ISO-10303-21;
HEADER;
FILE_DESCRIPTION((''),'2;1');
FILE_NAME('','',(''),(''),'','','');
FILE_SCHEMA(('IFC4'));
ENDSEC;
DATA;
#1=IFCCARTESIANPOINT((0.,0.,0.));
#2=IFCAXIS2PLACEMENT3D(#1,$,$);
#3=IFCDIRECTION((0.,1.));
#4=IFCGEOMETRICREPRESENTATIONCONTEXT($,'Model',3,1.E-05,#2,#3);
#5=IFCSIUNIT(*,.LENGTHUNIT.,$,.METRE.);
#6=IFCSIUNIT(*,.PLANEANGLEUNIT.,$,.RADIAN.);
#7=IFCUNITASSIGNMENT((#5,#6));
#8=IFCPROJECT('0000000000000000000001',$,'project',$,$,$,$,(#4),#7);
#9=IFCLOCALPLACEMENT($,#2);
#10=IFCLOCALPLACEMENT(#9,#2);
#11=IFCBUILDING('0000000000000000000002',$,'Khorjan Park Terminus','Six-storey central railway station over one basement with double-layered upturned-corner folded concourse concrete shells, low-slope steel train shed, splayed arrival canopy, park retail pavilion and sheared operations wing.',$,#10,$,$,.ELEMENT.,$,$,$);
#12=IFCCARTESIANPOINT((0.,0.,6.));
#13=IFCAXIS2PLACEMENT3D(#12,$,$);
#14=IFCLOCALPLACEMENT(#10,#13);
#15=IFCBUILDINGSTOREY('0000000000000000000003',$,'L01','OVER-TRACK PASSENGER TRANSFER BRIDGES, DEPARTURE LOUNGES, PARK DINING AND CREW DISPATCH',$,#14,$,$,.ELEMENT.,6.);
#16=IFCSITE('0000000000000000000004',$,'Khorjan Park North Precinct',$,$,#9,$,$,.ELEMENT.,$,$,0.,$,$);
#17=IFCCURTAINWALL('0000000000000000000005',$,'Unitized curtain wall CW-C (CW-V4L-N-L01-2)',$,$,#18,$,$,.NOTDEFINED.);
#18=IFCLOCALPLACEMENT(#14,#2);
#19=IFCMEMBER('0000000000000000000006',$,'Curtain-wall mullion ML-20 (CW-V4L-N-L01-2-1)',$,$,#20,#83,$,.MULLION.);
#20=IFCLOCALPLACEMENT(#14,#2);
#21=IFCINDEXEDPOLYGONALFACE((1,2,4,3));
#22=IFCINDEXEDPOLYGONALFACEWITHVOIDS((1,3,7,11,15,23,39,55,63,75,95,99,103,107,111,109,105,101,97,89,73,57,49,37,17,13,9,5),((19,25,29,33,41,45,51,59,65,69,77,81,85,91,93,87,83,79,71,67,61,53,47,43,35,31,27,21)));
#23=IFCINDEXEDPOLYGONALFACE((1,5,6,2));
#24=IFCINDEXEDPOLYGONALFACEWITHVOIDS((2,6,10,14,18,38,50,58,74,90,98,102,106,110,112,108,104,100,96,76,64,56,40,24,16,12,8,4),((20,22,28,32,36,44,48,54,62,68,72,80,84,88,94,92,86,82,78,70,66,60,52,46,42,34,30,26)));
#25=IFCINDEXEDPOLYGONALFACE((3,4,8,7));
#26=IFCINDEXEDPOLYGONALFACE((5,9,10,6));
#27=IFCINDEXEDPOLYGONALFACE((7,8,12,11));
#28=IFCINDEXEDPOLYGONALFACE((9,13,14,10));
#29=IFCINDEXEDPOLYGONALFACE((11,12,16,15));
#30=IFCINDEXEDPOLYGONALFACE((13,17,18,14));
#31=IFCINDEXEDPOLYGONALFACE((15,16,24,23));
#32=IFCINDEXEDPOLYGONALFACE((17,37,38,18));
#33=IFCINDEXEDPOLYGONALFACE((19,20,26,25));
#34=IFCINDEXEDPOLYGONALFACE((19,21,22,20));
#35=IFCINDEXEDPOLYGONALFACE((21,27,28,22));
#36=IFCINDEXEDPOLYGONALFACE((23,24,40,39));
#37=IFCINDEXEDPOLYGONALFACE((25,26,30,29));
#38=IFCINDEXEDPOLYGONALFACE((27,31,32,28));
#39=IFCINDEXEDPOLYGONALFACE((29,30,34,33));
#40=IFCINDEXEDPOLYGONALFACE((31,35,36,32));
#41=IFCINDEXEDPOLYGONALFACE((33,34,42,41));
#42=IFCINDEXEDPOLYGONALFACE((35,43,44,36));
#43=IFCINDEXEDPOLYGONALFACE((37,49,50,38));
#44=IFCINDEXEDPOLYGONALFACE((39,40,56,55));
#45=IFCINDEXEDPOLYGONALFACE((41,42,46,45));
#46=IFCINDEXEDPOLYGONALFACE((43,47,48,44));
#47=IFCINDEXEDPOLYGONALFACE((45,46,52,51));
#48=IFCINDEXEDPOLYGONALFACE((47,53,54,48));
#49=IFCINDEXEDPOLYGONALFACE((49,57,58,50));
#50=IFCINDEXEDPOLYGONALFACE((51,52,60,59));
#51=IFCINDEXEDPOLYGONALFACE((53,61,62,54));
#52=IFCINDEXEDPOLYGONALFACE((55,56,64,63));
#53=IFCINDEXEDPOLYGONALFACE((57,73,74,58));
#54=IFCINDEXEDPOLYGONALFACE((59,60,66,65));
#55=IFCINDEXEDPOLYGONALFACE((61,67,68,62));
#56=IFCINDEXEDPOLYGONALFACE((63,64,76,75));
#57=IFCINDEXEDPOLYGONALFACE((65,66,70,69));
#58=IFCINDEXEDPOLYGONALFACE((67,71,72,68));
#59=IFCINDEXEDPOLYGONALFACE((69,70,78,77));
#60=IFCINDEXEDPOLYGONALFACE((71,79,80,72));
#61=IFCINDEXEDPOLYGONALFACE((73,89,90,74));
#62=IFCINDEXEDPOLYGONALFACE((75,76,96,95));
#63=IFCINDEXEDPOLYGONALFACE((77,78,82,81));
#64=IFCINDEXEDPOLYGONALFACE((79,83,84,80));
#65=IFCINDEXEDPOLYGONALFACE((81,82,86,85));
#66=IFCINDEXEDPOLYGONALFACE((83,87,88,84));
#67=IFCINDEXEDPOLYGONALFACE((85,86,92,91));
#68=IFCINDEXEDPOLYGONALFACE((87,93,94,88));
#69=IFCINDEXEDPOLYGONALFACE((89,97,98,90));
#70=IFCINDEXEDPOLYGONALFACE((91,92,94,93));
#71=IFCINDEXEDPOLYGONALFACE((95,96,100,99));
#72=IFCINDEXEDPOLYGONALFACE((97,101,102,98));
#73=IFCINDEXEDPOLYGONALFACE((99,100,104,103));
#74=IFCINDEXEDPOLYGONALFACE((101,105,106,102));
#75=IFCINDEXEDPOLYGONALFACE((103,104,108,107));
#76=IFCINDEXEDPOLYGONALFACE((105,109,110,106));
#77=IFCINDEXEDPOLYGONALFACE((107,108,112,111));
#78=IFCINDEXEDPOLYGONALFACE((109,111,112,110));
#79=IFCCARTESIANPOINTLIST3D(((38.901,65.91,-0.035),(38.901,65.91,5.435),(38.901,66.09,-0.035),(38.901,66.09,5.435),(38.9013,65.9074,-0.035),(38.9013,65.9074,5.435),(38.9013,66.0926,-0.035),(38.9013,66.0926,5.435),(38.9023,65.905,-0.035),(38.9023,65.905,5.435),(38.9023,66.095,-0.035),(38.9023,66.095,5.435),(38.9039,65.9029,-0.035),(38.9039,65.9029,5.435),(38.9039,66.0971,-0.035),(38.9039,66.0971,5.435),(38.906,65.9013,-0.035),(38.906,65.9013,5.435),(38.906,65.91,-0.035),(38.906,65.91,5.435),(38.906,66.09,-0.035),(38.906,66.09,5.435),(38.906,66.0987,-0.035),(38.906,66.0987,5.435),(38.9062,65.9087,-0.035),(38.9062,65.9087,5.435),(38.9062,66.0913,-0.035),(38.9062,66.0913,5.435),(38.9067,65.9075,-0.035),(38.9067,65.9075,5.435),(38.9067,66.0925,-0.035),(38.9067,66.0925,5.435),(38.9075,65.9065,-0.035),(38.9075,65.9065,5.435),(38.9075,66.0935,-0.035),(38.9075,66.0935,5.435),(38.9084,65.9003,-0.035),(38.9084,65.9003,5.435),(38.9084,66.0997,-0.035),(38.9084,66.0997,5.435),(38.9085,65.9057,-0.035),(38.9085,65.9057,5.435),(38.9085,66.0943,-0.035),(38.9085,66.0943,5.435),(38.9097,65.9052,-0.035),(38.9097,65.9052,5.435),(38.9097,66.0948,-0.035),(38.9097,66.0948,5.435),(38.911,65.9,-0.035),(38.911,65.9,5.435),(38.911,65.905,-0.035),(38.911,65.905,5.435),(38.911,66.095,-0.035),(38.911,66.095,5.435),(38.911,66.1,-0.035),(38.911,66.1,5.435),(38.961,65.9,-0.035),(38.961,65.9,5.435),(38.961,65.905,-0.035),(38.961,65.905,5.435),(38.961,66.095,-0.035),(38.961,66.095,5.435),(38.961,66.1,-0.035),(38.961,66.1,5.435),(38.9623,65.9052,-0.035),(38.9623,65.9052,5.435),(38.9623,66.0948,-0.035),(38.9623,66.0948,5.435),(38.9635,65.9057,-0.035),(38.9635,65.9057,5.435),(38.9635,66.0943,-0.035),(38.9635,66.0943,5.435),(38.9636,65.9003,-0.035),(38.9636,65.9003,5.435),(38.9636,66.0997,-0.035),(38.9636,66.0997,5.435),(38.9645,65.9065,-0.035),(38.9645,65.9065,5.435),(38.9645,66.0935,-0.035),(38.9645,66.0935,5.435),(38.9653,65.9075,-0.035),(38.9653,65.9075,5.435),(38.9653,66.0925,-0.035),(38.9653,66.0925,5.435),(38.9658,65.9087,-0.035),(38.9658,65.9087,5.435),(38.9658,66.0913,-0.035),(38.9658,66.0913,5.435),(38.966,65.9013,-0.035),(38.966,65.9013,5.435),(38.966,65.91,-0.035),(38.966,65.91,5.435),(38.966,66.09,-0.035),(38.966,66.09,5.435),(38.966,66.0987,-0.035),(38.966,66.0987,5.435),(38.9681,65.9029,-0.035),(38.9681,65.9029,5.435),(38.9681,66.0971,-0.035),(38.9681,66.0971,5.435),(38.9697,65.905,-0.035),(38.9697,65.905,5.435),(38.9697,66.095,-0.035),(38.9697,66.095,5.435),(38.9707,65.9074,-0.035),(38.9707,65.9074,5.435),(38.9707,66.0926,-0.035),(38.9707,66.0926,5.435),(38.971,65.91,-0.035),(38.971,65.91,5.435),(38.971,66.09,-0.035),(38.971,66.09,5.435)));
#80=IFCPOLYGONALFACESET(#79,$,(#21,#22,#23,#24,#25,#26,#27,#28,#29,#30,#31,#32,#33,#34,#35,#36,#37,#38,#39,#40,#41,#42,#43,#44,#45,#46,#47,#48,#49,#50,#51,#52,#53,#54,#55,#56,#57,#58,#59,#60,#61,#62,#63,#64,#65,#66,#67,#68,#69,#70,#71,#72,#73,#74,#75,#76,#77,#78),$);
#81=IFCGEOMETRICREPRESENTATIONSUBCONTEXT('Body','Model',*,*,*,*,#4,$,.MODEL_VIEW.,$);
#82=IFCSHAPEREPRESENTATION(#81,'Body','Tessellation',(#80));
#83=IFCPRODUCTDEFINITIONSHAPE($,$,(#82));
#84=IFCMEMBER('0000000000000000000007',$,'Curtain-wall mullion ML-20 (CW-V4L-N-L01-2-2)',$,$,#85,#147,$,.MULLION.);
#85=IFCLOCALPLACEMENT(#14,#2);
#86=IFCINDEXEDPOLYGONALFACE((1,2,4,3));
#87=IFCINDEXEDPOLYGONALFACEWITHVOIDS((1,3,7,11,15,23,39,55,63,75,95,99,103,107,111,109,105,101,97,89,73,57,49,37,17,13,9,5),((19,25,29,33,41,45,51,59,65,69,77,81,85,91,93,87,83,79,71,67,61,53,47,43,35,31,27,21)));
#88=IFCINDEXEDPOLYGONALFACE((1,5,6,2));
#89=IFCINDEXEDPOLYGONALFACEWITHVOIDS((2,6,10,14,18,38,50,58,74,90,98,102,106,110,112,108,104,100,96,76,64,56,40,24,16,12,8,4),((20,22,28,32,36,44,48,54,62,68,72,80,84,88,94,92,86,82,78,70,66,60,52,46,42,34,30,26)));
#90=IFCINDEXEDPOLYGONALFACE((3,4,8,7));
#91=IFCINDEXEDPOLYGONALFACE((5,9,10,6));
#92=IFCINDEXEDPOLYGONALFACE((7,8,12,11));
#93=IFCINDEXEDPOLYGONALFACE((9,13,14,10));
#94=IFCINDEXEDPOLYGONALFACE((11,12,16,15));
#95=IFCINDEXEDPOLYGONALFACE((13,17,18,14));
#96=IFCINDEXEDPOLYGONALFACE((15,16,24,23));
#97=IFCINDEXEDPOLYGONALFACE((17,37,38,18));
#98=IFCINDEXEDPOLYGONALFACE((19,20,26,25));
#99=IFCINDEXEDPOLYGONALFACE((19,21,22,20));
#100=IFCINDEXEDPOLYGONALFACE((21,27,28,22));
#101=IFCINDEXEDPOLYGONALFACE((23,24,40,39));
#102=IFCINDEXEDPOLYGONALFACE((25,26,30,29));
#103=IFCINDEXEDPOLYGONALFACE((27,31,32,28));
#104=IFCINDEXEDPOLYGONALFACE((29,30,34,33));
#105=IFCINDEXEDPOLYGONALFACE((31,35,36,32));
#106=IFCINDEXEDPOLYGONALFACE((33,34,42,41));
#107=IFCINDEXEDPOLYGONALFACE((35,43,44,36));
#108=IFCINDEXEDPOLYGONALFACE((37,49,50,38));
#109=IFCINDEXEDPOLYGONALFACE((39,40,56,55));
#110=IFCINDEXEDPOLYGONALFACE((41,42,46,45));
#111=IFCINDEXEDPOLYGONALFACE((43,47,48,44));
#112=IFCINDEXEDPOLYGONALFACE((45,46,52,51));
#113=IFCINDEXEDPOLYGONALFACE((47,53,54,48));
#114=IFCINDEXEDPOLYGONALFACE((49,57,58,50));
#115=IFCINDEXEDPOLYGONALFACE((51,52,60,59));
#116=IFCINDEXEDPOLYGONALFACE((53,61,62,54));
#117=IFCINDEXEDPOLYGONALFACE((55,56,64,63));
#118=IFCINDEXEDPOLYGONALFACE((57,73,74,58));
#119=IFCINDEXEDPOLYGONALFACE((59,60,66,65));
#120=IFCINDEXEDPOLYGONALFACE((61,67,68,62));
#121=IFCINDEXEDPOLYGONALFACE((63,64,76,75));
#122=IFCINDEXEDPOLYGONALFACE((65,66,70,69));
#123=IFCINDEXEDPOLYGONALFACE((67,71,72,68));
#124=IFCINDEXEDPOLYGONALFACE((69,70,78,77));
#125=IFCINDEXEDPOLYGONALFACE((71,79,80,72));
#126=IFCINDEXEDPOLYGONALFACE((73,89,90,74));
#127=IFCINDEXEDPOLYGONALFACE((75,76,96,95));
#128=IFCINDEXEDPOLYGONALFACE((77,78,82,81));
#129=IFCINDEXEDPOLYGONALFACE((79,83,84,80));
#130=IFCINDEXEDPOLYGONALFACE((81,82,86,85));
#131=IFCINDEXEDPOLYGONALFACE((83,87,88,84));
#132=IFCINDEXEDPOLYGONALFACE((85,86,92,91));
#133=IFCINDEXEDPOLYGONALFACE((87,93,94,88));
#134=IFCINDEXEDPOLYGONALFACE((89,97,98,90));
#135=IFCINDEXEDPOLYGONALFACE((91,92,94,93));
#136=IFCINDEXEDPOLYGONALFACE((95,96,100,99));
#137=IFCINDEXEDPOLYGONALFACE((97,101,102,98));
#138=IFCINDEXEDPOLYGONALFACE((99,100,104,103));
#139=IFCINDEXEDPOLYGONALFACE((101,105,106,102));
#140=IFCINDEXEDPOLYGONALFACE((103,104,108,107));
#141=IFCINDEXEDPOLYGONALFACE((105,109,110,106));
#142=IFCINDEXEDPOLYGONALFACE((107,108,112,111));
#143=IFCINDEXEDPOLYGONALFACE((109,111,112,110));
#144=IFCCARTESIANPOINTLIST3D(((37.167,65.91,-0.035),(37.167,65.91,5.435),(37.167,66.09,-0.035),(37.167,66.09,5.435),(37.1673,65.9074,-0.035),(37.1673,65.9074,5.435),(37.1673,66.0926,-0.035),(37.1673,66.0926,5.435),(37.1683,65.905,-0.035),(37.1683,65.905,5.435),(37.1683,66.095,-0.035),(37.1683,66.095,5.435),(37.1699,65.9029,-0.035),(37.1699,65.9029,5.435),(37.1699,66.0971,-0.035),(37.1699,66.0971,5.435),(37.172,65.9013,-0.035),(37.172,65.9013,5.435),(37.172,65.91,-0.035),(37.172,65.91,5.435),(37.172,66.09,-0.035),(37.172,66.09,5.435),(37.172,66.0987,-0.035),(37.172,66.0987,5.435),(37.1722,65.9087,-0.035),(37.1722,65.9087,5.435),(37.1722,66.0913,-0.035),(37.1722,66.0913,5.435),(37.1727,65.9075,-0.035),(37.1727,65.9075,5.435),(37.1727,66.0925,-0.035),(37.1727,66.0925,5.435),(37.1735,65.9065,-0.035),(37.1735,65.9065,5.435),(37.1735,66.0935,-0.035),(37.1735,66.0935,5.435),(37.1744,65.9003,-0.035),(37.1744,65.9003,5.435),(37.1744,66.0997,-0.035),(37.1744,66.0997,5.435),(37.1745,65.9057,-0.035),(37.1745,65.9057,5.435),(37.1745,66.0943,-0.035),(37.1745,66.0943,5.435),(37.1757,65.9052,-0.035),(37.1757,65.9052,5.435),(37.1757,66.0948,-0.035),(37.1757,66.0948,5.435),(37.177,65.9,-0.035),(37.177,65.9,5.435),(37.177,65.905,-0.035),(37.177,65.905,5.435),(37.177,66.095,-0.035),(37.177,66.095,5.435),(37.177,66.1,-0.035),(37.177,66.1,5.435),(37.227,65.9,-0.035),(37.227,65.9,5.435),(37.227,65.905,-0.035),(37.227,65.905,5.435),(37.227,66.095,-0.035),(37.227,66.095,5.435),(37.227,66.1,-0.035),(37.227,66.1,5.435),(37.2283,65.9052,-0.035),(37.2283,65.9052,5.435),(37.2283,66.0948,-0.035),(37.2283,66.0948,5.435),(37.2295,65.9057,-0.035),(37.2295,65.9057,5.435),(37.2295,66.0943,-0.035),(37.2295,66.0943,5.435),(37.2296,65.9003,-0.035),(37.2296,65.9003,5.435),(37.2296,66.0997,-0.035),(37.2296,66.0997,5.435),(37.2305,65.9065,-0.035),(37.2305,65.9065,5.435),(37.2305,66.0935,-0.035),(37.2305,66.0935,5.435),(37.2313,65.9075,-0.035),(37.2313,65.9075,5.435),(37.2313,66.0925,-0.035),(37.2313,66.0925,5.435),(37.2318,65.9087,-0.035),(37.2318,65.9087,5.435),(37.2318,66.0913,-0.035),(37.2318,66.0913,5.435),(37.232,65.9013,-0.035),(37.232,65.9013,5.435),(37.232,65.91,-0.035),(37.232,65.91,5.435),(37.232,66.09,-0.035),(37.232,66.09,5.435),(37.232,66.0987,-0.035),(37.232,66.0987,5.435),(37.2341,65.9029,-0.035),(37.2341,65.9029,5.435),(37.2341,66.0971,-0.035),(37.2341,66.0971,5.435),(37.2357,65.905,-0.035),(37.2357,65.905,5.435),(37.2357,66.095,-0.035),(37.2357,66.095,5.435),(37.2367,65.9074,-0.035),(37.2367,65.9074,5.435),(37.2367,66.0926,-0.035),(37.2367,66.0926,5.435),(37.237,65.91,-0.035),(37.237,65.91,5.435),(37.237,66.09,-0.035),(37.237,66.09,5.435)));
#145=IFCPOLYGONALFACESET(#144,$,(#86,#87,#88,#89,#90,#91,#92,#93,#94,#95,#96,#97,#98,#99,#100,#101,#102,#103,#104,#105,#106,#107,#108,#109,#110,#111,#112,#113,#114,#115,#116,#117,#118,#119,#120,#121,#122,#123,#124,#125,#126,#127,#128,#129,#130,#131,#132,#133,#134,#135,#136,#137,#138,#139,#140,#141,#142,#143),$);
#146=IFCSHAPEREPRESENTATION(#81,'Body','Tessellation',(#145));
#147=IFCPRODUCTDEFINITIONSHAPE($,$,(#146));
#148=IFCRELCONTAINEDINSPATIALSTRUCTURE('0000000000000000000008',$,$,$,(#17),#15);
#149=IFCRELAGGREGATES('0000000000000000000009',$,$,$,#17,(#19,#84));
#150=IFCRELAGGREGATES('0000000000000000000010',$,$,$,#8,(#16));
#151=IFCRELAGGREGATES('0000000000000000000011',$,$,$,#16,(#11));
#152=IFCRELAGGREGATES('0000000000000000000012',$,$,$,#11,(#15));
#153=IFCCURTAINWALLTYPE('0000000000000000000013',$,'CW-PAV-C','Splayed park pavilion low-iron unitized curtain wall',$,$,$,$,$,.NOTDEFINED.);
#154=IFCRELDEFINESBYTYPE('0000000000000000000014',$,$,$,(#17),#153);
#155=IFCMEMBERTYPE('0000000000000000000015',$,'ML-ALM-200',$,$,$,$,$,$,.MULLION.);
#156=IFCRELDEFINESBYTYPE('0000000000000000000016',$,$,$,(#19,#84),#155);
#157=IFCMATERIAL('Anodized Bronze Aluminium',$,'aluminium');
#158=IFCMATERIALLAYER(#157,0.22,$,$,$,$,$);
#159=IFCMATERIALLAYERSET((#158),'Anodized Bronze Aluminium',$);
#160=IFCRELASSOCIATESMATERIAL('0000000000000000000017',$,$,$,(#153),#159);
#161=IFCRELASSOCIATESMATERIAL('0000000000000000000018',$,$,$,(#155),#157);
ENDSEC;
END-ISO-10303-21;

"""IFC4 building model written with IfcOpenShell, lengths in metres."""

from ifc_helpers import new_model, si_unit, direction, frame, origin, origin_2d, place, context, subcontext, project, spatial, hollow_rectangle, extrude, material, layer, layer_set, material_profile, profile_set, type_object, element, aggregate, save


model = new_model("IFC4")

# Units and contexts
model_context = context("Model", 3, precision=1e-05, world=origin(), true_north=direction((0.0, 1.0)))
body_context = subcontext(model_context, "Body", "Model", "MODEL_VIEW")
ifc_project = project(units=[si_unit("LENGTHUNIT", "METRE"), si_unit("PLANEANGLEUNIT", "RADIAN")], contexts=[model_context])

# Site, building, storey
site_placement = place(None, origin())
site = spatial("IfcSite", under=ifc_project, at=site_placement, Name="Khorjan Park North Precinct", CompositionType="ELEMENT", RefElevation=0.0)
building_placement = place(site_placement, origin())
building = spatial("IfcBuilding", under=site, at=building_placement, Name="Khorjan Park Terminus", Description="Six-storey central railway station over one basement with double-layered upturned-corner folded concourse concrete shells, low-slope steel train shed, splayed arrival canopy, park retail pavilion and sheared operations wing.", CompositionType="ELEMENT")
storey_placement = place(building_placement, frame((0.0, 0.0, 6.0)))
storey = spatial("IfcBuildingStorey", under=building, at=storey_placement, Name="L01", Description="OVER-TRACK PASSENGER TRANSFER BRIDGES, DEPARTURE LOUNGES, PARK DINING AND CREW DISPATCH", CompositionType="ELEMENT", Elevation=6.0)

# Curtain wall, members
ifc_material_1 = material(Name="Anodized Bronze Aluminium", Category="aluminium")
ifc_layer_1 = layer(ifc_material_1, 0.22)
ifc_layer_set_1 = layer_set([ifc_layer_1], Name="Anodized Bronze Aluminium")
curtain_wall_type = type_object("IfcCurtainWallType", Name="CW-PAV-C", Description="Splayed park pavilion low-iron unitized curtain wall", PredefinedType="NOTDEFINED", material=ifc_layer_set_1)
curtain_wall_1_placement = place(storey_placement, origin())
curtain_wall_1 = element("IfcCurtainWall", 1, at=curtain_wall_1_placement, inside=storey, type_object=curtain_wall_type, Name="Unitized curtain wall CW-C (CW-V4L-N-L01-2)", PredefinedType="NOTDEFINED")
ifc_material_profile_1 = material_profile(ifc_material_1, hollow_rectangle(XDim=0.07, YDim=0.2, WallThickness=0.005, InnerFilletRadius=0.005, OuterFilletRadius=0.01, at=origin_2d()), Name="ALM 70x200x5")
ifc_profile_set_1 = profile_set([ifc_material_profile_1], Name="Anodized Bronze Aluminium")
member_type_1 = type_object("IfcMemberType", Name="ML-ALM-200", PredefinedType="MULLION", material=ifc_profile_set_1)
member_1_placement = place(storey_placement, frame((38.936, 66.0, -0.035), z_axis=(0.0, 0.0, 1.0), x_axis=(-1.0, 0.0, 0.0)))
member_1 = element("IfcMember", 2, at=member_1_placement, type_object=member_type_1, Name="Curtain-wall mullion ML-20 (CW-V4L-N-L01-2-1)", PredefinedType="MULLION", context=body_context, shape_type="SweptSolid", body=[
    extrude(hollow_rectangle(XDim=0.07, YDim=0.2, WallThickness=0.005, InnerFilletRadius=0.005, OuterFilletRadius=0.01, at=origin_2d()), origin(), (0.0, 0.0, 1.0), 5.47),
])
member_2_placement = place(storey_placement, frame((37.202, 66.0, -0.035), z_axis=(0.0, 0.0, 1.0), x_axis=(-1.0, 0.0, 0.0)))
member_2 = element("IfcMember", 3, at=member_2_placement, type_object=member_type_1, Name="Curtain-wall mullion ML-20 (CW-V4L-N-L01-2-2)", PredefinedType="MULLION", context=body_context, shape_type="SweptSolid", body=[
    extrude(hollow_rectangle(XDim=0.07, YDim=0.2, WallThickness=0.005, InnerFilletRadius=0.005, OuterFilletRadius=0.01, at=origin_2d()), origin(), (0.0, 0.0, 1.0), 5.47),
])

aggregate(curtain_wall_1, [member_1, member_2])

save(model, "model.ifc")
